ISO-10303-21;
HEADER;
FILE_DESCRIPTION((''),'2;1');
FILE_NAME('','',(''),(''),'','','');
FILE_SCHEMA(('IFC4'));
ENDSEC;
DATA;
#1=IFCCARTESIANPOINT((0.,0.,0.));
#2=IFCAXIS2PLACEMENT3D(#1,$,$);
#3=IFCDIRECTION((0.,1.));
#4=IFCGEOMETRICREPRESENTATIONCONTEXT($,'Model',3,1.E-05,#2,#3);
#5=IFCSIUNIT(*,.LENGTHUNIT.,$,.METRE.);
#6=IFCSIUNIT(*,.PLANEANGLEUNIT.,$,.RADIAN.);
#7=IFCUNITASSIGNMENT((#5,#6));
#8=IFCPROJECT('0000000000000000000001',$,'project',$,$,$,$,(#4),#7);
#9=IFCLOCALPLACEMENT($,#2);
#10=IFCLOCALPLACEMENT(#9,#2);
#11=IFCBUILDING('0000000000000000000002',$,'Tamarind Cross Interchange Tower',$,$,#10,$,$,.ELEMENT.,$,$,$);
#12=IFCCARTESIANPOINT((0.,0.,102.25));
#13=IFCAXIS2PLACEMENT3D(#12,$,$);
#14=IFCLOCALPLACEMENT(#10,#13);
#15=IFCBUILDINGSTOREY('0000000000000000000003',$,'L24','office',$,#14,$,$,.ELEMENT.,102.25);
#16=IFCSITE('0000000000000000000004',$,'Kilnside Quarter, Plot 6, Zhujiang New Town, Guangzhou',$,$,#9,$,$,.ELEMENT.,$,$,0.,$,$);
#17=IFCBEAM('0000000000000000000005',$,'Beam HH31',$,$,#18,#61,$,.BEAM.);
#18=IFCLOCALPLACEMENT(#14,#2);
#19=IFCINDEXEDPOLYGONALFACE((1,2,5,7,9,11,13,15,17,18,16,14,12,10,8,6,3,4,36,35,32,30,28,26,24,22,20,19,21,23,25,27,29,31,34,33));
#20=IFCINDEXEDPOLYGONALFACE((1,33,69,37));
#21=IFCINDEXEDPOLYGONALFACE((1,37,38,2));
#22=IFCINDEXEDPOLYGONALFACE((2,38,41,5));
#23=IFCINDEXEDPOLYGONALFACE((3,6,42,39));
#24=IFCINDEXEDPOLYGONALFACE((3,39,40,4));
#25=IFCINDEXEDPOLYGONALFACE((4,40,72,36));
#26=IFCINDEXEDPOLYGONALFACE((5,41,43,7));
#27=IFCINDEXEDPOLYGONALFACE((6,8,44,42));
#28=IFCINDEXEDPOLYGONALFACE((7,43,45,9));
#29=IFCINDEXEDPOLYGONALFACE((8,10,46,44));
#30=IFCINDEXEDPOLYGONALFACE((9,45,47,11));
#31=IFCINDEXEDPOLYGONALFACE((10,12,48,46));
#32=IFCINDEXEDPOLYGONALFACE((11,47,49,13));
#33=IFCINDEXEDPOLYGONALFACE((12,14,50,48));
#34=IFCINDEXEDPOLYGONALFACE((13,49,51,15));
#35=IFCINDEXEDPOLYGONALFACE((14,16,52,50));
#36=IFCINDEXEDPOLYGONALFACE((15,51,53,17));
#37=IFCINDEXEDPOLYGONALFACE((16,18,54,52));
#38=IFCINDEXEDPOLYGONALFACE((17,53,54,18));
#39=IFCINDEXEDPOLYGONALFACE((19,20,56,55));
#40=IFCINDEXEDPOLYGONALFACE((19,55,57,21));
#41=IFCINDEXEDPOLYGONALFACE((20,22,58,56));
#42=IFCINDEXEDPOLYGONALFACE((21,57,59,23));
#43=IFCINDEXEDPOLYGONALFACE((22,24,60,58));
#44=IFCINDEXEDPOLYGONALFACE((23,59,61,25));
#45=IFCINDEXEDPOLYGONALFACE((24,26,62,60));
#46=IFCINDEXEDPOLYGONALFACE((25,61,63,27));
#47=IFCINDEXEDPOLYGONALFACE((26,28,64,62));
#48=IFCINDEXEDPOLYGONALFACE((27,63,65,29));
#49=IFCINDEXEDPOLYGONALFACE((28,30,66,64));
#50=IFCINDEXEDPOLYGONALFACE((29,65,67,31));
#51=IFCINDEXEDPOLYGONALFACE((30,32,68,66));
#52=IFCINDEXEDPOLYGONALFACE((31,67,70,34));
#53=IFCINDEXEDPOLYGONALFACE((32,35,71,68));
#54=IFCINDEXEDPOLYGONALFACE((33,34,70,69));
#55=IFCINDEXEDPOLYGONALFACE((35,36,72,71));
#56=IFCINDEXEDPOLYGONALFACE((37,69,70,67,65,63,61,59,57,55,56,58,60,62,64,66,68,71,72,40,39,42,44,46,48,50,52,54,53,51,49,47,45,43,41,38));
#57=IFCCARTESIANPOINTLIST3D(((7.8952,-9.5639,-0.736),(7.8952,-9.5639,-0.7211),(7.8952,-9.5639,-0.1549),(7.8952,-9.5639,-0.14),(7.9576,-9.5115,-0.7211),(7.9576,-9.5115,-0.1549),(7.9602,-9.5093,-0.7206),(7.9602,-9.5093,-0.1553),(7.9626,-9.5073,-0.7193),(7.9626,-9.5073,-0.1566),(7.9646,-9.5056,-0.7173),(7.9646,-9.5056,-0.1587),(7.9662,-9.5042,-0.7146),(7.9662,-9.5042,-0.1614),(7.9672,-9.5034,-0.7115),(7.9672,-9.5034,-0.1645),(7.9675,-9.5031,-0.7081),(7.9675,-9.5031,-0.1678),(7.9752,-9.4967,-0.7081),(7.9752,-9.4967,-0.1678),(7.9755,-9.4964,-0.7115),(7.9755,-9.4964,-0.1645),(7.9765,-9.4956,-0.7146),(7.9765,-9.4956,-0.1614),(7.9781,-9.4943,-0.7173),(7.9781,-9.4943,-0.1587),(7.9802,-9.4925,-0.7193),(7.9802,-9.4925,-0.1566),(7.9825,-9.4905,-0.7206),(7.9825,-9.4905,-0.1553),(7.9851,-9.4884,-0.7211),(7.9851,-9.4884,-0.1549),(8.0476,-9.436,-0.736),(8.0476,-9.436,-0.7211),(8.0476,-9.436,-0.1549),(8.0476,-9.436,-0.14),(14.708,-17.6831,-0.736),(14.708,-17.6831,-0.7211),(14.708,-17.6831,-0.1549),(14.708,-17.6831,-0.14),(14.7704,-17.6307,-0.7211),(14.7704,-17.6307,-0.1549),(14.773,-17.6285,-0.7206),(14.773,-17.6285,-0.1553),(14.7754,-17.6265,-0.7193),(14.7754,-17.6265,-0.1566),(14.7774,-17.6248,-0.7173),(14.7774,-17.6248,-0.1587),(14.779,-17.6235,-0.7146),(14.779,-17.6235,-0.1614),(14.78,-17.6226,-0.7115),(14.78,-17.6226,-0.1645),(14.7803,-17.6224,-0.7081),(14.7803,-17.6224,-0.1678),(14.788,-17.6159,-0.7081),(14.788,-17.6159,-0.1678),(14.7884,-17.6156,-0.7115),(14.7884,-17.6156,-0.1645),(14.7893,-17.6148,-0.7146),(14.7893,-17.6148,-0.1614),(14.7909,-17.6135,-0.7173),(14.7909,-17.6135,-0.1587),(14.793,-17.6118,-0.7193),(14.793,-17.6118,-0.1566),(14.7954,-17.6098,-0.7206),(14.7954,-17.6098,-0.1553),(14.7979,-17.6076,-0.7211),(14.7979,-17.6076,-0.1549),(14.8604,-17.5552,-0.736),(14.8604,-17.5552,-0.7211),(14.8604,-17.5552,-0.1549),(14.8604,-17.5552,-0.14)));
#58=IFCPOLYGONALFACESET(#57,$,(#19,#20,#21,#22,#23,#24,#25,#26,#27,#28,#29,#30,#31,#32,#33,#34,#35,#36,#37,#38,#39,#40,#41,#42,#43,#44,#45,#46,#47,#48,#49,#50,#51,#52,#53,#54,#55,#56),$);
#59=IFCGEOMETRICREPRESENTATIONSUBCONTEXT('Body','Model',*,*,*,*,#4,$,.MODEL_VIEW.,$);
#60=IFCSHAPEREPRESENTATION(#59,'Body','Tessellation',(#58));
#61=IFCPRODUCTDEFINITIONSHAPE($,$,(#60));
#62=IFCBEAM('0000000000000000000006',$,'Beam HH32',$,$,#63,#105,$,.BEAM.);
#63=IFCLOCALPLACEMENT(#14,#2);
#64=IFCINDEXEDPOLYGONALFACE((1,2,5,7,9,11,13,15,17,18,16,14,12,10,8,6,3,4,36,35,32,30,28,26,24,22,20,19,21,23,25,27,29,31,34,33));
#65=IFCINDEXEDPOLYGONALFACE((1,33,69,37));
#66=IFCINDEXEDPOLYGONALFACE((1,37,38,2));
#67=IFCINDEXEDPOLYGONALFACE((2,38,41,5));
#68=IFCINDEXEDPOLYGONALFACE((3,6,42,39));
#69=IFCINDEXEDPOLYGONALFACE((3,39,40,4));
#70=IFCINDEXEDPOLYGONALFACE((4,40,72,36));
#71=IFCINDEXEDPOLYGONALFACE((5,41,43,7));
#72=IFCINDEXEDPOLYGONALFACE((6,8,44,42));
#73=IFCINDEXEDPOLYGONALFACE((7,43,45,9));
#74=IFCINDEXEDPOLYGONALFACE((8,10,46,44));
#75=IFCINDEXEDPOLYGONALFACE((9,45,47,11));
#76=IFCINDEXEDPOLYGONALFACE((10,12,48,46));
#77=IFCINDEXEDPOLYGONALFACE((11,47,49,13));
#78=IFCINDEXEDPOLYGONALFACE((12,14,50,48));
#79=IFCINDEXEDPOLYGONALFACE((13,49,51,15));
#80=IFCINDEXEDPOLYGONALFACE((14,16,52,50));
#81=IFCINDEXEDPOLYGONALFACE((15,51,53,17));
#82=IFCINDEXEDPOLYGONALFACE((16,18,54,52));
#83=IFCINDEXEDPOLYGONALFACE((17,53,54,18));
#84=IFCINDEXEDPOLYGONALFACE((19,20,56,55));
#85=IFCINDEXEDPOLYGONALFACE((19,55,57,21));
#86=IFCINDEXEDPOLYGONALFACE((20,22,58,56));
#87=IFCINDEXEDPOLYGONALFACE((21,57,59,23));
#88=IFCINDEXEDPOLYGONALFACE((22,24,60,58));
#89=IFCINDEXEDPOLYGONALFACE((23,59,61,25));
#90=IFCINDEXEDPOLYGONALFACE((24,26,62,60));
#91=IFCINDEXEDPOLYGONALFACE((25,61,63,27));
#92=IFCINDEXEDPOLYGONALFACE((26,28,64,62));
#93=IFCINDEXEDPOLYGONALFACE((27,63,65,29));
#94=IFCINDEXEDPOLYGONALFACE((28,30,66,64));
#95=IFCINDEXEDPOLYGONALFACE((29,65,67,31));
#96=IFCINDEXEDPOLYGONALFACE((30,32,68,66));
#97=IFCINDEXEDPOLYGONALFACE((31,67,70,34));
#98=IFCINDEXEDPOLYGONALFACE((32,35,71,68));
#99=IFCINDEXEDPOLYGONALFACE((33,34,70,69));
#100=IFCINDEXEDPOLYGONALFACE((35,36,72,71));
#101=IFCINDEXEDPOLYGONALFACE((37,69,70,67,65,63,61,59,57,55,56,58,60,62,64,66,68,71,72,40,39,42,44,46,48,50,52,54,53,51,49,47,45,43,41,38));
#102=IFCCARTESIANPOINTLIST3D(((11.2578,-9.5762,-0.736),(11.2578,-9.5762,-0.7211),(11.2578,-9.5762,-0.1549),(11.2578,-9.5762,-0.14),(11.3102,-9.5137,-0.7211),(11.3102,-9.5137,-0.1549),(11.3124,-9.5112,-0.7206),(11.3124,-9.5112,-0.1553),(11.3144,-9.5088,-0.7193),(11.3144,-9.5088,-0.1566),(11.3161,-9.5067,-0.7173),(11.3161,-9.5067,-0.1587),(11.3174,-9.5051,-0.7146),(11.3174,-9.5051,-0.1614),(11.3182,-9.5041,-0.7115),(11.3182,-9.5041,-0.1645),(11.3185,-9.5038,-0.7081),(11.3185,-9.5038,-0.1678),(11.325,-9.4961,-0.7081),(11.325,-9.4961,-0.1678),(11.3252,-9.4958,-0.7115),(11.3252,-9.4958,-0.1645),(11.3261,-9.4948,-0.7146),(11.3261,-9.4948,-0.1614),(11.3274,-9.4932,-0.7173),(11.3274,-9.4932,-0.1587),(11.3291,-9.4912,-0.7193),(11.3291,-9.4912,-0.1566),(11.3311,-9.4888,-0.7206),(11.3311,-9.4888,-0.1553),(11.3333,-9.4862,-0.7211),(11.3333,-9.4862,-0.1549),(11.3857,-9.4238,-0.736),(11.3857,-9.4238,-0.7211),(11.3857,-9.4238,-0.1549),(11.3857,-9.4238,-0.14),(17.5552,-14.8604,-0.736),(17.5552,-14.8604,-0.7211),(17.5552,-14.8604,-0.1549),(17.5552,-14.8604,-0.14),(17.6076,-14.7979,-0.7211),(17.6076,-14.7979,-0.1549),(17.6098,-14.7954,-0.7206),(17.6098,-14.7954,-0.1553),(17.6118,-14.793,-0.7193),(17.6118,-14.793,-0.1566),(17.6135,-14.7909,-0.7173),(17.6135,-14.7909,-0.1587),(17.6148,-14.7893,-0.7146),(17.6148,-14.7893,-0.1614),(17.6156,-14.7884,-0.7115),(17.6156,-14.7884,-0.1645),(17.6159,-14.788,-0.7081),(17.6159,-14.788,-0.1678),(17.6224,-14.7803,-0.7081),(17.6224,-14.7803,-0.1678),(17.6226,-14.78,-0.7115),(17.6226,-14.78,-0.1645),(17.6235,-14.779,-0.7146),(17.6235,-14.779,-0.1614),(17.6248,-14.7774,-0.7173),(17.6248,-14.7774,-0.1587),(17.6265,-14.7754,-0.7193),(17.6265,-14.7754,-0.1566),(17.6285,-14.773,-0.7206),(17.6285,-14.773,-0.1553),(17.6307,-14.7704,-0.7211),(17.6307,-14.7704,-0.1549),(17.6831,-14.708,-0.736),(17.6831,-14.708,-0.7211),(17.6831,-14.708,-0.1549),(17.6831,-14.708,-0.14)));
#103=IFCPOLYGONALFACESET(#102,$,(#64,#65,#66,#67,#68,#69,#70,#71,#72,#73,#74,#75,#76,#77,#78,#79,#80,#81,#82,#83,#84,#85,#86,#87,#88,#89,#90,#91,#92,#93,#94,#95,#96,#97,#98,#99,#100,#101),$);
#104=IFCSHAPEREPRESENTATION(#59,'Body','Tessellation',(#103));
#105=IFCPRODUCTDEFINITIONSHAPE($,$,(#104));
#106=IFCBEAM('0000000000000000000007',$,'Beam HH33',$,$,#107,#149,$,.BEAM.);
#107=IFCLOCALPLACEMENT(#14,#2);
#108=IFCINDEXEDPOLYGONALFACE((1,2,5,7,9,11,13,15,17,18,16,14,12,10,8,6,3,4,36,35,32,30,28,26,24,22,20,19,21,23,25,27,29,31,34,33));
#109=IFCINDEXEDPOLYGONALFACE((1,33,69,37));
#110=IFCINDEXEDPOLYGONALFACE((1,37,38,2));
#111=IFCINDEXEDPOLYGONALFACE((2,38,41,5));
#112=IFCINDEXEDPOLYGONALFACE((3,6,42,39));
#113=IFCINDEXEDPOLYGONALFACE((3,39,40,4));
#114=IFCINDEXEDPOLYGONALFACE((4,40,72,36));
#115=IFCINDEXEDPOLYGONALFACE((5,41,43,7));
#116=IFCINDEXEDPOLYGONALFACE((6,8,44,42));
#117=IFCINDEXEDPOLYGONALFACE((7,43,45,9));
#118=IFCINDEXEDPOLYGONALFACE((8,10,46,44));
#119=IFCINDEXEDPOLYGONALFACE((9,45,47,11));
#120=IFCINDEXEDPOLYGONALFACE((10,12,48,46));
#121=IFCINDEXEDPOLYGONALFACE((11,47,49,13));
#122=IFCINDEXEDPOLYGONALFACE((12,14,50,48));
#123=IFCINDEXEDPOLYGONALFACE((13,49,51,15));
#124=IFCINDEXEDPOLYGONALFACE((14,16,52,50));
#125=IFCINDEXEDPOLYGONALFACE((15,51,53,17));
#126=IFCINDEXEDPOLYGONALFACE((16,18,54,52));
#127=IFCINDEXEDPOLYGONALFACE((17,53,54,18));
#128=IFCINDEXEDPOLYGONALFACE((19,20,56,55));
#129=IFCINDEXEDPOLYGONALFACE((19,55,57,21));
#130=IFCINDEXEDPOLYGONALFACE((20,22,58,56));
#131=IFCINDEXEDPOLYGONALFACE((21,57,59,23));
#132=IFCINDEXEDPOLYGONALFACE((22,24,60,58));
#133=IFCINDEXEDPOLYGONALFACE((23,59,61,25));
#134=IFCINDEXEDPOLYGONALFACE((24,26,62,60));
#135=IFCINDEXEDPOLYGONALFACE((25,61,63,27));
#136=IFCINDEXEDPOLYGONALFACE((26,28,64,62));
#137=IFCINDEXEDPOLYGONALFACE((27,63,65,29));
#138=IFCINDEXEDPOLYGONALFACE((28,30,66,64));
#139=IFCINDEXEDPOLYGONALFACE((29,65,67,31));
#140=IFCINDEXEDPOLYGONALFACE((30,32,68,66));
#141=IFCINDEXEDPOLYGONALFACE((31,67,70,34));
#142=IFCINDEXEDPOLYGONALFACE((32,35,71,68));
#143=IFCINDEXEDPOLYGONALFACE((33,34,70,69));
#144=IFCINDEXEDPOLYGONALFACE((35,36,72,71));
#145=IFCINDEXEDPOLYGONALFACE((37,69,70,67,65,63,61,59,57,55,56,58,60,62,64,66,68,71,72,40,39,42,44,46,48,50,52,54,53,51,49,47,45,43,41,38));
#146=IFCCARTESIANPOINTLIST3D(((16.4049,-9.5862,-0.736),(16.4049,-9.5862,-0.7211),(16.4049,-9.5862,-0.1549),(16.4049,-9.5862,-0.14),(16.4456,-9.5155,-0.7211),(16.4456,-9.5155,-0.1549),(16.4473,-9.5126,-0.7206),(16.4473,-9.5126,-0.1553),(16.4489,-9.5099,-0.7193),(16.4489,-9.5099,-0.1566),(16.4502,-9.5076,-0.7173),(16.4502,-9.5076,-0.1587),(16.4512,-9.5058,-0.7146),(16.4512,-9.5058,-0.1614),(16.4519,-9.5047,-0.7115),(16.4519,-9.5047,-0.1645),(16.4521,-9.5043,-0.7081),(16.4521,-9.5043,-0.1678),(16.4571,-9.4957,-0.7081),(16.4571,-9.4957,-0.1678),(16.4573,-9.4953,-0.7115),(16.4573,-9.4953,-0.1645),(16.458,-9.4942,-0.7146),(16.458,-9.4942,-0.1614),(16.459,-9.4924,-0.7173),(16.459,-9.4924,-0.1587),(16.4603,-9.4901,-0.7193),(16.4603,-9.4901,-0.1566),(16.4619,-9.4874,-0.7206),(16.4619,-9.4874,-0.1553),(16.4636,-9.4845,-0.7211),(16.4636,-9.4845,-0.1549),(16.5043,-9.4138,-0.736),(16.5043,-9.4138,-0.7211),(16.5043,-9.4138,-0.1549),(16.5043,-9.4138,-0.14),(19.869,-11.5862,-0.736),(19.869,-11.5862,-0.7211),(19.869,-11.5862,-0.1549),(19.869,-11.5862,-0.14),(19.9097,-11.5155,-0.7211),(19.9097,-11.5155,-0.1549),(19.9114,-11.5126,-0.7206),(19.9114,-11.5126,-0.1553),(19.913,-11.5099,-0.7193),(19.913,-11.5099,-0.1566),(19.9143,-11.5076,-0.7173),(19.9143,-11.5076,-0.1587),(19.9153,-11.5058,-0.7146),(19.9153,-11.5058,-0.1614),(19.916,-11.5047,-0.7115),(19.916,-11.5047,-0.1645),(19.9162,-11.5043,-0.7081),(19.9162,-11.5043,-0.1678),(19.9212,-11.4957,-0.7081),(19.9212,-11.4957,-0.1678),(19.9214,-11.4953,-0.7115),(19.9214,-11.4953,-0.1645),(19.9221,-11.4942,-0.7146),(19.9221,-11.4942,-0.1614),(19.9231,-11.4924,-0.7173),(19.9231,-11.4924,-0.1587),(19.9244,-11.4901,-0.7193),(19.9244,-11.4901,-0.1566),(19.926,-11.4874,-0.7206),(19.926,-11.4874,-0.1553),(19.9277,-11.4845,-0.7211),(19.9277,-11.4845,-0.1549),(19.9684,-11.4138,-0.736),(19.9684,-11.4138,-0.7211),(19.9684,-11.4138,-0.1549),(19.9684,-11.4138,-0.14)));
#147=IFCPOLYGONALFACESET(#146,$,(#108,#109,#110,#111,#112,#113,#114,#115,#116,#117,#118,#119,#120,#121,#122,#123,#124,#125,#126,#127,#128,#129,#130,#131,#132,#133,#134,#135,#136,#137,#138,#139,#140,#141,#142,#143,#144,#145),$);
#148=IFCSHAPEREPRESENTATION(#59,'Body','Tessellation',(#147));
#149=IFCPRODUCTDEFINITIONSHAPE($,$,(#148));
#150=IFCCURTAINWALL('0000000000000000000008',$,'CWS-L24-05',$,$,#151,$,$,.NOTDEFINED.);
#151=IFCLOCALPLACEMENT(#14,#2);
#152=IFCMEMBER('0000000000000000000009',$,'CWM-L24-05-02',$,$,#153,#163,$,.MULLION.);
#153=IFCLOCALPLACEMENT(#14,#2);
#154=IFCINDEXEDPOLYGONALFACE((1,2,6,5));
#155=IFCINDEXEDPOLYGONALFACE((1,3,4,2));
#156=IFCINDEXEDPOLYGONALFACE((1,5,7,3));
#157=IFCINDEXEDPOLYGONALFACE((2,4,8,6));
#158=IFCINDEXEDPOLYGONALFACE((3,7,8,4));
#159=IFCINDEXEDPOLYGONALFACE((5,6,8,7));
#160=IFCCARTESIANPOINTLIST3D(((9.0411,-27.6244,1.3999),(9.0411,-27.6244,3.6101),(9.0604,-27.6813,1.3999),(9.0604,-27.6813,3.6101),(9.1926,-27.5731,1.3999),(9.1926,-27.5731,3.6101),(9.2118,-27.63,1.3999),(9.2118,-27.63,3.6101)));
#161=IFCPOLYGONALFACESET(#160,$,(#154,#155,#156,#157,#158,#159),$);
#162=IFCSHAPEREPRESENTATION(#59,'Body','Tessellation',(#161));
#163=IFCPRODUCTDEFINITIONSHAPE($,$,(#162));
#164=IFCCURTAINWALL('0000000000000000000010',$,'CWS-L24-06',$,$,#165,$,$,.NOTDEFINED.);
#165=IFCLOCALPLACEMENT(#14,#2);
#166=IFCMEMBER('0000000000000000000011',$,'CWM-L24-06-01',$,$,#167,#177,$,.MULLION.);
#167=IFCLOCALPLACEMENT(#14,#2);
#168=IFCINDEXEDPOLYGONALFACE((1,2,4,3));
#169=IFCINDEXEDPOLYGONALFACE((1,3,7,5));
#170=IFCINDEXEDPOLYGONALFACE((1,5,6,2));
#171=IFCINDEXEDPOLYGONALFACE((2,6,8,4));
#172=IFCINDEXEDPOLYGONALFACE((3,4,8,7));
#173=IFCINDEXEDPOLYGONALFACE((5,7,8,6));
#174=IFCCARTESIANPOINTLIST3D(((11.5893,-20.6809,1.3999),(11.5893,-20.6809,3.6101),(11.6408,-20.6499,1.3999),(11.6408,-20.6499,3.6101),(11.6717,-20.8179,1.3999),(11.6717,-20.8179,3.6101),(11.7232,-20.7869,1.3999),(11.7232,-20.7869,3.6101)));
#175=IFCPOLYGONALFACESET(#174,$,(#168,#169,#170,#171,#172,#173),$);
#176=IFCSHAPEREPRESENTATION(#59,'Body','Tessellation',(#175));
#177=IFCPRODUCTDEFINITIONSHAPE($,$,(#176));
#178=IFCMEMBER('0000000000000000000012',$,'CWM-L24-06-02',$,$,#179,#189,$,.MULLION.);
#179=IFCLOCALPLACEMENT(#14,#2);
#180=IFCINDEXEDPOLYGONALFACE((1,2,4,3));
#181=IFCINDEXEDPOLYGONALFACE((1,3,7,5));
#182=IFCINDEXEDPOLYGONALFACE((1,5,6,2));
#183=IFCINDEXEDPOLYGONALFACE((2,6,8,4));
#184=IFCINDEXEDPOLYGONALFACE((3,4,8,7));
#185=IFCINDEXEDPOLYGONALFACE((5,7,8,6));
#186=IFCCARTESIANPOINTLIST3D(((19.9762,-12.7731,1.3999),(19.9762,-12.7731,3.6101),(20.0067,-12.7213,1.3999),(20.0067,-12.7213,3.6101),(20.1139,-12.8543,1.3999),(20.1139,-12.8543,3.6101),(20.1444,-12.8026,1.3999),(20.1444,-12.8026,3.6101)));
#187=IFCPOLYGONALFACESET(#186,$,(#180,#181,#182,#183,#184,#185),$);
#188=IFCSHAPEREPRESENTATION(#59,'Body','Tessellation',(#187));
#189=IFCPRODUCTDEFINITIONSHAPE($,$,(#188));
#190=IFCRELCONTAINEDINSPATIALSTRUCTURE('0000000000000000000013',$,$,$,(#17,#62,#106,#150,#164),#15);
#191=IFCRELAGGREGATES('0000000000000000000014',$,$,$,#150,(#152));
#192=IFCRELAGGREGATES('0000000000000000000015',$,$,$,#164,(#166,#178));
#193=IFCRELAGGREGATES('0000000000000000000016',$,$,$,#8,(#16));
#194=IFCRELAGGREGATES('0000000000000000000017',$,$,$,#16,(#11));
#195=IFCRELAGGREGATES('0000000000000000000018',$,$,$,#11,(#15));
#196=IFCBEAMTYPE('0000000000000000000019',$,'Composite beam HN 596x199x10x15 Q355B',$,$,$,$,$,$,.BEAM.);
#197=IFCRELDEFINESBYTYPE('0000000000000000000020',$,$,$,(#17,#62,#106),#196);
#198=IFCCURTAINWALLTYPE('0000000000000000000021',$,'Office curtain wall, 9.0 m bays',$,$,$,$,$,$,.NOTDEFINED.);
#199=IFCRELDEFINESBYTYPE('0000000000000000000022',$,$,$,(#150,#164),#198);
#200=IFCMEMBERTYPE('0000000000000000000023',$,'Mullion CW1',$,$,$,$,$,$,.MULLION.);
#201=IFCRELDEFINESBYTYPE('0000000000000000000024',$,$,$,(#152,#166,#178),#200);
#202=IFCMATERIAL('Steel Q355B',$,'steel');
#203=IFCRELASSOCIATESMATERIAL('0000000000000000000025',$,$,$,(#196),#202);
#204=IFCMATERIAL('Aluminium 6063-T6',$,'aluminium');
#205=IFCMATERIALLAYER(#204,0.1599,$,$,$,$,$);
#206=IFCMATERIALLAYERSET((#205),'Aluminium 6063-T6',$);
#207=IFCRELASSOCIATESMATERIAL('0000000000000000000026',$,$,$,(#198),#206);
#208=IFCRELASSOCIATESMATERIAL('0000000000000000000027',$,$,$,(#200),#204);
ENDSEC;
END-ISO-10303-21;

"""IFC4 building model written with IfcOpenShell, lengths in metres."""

from ifc_helpers import new_model, si_unit, direction, frame, origin, origin_2d, place, context, subcontext, project, spatial, rectangle, i_section, extrude, material, layer, layer_set, material_profile, profile_set, type_object, element, aggregate, save


model = new_model("IFC4")

# Units and contexts
model_context = context("Model", 3, precision=1e-05, world=origin(), true_north=direction((0.0, 1.0)))
body_context = subcontext(model_context, "Body", "Model", "MODEL_VIEW")
ifc_project = project(units=[si_unit("LENGTHUNIT", "METRE"), si_unit("PLANEANGLEUNIT", "RADIAN")], contexts=[model_context])

# Site, building, storey
site_placement = place(None, origin())
site = spatial("IfcSite", under=ifc_project, at=site_placement, Name="Kilnside Quarter, Plot 6, Zhujiang New Town, Guangzhou", CompositionType="ELEMENT", RefElevation=0.0)
building_placement = place(site_placement, origin())
building = spatial("IfcBuilding", under=site, at=building_placement, Name="Tamarind Cross Interchange Tower", CompositionType="ELEMENT")
storey_placement = place(building_placement, frame((0.0, 0.0, 102.25)))
storey = spatial("IfcBuildingStorey", under=building, at=storey_placement, Name="L24", Description="office", CompositionType="ELEMENT", Elevation=102.25)

# Beams
ifc_material_1 = material(Name="Steel Q355B", Category="steel")
ifc_material_profile_1 = material_profile(ifc_material_1, i_section(OverallWidth=0.199, OverallDepth=0.5959, WebThickness=0.01, FlangeThickness=0.0149, FilletRadius=0.0129, at=origin_2d()), Name="HN 596x199x10x15")
ifc_profile_set_1 = profile_set([ifc_material_profile_1], Name="Steel Q355B")
beam_type = type_object("IfcBeamType", Name="Composite beam HN 596x199x10x15 Q355B", PredefinedType="BEAM", material=ifc_profile_set_1)
beam_1_placement = place(storey_placement, frame((14.7842, -17.6191, -0.438), z_axis=(-0.642786, 0.766046, 0.0), x_axis=(-0.766046, -0.642786, 0.0)))
element("IfcBeam", 1, at=beam_1_placement, inside=storey, type_object=beam_type, Name="Beam HH31", PredefinedType="BEAM", context=body_context, shape_type="SweptSolid", body=[
    extrude(i_section(OverallWidth=0.199, OverallDepth=0.5959, WebThickness=0.01, FlangeThickness=0.0149, FilletRadius=0.0129, at=origin_2d()), origin(), (0.0, 0.0, 1.0), 10.5989),
])
beam_2_placement = place(storey_placement, frame((17.6191, -14.7842, -0.438), z_axis=(-0.766041, 0.642792, 0.0), x_axis=(-0.642792, -0.766041, 0.0)))
element("IfcBeam", 2, at=beam_2_placement, inside=storey, type_object=beam_type, Name="Beam HH32", PredefinedType="BEAM", context=body_context, shape_type="SweptSolid", body=[
    extrude(i_section(OverallWidth=0.199, OverallDepth=0.5959, WebThickness=0.01, FlangeThickness=0.0149, FilletRadius=0.0129, at=origin_2d()), origin(), (0.0, 0.0, 1.0), 8.2207),
])
beam_3_placement = place(storey_placement, frame((19.9187, -11.5, -0.438), z_axis=(-0.866026, 0.499999, 0.0), x_axis=(-0.499999, -0.866026, 0.0)))
element("IfcBeam", 3, at=beam_3_placement, inside=storey, type_object=beam_type, Name="Beam HH33", PredefinedType="BEAM", context=body_context, shape_type="SweptSolid", body=[
    extrude(i_section(OverallWidth=0.199, OverallDepth=0.5959, WebThickness=0.01, FlangeThickness=0.0149, FilletRadius=0.0129, at=origin_2d()), origin(), (0.0, 0.0, 1.0), 4.0),
])

# Curtain wall, member
ifc_material_2 = material(Name="Aluminium 6063-T6", Category="aluminium")
ifc_layer_1 = layer(ifc_material_2, 0.1599)
ifc_layer_set_1 = layer_set([ifc_layer_1], Name="Aluminium 6063-T6")
curtain_wall_type = type_object("IfcCurtainWallType", Name="Office curtain wall, 9.0 m bays", PredefinedType="NOTDEFINED", material=ifc_layer_set_1)
curtain_wall_1_placement = place(storey_placement, origin())
curtain_wall_1 = element("IfcCurtainWall", 4, at=curtain_wall_1_placement, inside=storey, type_object=curtain_wall_type, Name="CWS-L24-05", PredefinedType="NOTDEFINED")
ifc_material_profile_2 = material_profile(ifc_material_2, rectangle(XDim=0.0601, YDim=0.1599, at=origin_2d()), Name="Mullion CW1")
ifc_profile_set_2 = profile_set([ifc_material_profile_2], Name="Aluminium 6063-T6")
member_type = type_object("IfcMemberType", Name="Mullion CW1", PredefinedType="MULLION", material=ifc_profile_set_2)
member_1_placement = place(storey_placement, frame((9.1265, -27.6272, 1.3999), z_axis=(0.0, 0.0, 1.0), x_axis=(-0.320959, 0.947093, 0.0)))
member_1 = element("IfcMember", 5, at=member_1_placement, type_object=member_type, Name="CWM-L24-05-02", PredefinedType="MULLION", context=body_context, shape_type="SweptSolid", body=[
    extrude(rectangle(XDim=0.0601, YDim=0.1599, at=origin_2d()), origin(), (0.0, 0.0, 1.0), 2.2102),
])
aggregate(curtain_wall_1, [member_1])

# Curtain wall, members
curtain_wall_2_placement = place(storey_placement, origin())
curtain_wall_2 = element("IfcCurtainWall", 6, at=curtain_wall_2_placement, inside=storey, type_object=curtain_wall_type, Name="CWS-L24-06", PredefinedType="NOTDEFINED")
member_2_placement = place(storey_placement, frame((11.6562, -20.7339, 1.3999), z_axis=(0.0, 0.0, 1.0), x_axis=(0.856843, 0.515577, 0.0)))
member_2 = element("IfcMember", 7, at=member_2_placement, type_object=member_type, Name="CWM-L24-06-01", PredefinedType="MULLION", context=body_context, shape_type="SweptSolid", body=[
    extrude(rectangle(XDim=0.0601, YDim=0.1599, at=origin_2d()), origin(), (0.0, 0.0, 1.0), 2.2102),
])
member_3_placement = place(storey_placement, frame((20.0603, -12.7878, 1.3999), z_axis=(0.0, 0.0, 1.0), x_axis=(0.508183, 0.861249, 0.0)))
member_3 = element("IfcMember", 8, at=member_3_placement, type_object=member_type, Name="CWM-L24-06-02", PredefinedType="MULLION", context=body_context, shape_type="SweptSolid", body=[
    extrude(rectangle(XDim=0.0601, YDim=0.1599, at=origin_2d()), origin(), (0.0, 0.0, 1.0), 2.2102),
])
aggregate(curtain_wall_2, [member_2, member_3])

save(model, "model.ifc")
